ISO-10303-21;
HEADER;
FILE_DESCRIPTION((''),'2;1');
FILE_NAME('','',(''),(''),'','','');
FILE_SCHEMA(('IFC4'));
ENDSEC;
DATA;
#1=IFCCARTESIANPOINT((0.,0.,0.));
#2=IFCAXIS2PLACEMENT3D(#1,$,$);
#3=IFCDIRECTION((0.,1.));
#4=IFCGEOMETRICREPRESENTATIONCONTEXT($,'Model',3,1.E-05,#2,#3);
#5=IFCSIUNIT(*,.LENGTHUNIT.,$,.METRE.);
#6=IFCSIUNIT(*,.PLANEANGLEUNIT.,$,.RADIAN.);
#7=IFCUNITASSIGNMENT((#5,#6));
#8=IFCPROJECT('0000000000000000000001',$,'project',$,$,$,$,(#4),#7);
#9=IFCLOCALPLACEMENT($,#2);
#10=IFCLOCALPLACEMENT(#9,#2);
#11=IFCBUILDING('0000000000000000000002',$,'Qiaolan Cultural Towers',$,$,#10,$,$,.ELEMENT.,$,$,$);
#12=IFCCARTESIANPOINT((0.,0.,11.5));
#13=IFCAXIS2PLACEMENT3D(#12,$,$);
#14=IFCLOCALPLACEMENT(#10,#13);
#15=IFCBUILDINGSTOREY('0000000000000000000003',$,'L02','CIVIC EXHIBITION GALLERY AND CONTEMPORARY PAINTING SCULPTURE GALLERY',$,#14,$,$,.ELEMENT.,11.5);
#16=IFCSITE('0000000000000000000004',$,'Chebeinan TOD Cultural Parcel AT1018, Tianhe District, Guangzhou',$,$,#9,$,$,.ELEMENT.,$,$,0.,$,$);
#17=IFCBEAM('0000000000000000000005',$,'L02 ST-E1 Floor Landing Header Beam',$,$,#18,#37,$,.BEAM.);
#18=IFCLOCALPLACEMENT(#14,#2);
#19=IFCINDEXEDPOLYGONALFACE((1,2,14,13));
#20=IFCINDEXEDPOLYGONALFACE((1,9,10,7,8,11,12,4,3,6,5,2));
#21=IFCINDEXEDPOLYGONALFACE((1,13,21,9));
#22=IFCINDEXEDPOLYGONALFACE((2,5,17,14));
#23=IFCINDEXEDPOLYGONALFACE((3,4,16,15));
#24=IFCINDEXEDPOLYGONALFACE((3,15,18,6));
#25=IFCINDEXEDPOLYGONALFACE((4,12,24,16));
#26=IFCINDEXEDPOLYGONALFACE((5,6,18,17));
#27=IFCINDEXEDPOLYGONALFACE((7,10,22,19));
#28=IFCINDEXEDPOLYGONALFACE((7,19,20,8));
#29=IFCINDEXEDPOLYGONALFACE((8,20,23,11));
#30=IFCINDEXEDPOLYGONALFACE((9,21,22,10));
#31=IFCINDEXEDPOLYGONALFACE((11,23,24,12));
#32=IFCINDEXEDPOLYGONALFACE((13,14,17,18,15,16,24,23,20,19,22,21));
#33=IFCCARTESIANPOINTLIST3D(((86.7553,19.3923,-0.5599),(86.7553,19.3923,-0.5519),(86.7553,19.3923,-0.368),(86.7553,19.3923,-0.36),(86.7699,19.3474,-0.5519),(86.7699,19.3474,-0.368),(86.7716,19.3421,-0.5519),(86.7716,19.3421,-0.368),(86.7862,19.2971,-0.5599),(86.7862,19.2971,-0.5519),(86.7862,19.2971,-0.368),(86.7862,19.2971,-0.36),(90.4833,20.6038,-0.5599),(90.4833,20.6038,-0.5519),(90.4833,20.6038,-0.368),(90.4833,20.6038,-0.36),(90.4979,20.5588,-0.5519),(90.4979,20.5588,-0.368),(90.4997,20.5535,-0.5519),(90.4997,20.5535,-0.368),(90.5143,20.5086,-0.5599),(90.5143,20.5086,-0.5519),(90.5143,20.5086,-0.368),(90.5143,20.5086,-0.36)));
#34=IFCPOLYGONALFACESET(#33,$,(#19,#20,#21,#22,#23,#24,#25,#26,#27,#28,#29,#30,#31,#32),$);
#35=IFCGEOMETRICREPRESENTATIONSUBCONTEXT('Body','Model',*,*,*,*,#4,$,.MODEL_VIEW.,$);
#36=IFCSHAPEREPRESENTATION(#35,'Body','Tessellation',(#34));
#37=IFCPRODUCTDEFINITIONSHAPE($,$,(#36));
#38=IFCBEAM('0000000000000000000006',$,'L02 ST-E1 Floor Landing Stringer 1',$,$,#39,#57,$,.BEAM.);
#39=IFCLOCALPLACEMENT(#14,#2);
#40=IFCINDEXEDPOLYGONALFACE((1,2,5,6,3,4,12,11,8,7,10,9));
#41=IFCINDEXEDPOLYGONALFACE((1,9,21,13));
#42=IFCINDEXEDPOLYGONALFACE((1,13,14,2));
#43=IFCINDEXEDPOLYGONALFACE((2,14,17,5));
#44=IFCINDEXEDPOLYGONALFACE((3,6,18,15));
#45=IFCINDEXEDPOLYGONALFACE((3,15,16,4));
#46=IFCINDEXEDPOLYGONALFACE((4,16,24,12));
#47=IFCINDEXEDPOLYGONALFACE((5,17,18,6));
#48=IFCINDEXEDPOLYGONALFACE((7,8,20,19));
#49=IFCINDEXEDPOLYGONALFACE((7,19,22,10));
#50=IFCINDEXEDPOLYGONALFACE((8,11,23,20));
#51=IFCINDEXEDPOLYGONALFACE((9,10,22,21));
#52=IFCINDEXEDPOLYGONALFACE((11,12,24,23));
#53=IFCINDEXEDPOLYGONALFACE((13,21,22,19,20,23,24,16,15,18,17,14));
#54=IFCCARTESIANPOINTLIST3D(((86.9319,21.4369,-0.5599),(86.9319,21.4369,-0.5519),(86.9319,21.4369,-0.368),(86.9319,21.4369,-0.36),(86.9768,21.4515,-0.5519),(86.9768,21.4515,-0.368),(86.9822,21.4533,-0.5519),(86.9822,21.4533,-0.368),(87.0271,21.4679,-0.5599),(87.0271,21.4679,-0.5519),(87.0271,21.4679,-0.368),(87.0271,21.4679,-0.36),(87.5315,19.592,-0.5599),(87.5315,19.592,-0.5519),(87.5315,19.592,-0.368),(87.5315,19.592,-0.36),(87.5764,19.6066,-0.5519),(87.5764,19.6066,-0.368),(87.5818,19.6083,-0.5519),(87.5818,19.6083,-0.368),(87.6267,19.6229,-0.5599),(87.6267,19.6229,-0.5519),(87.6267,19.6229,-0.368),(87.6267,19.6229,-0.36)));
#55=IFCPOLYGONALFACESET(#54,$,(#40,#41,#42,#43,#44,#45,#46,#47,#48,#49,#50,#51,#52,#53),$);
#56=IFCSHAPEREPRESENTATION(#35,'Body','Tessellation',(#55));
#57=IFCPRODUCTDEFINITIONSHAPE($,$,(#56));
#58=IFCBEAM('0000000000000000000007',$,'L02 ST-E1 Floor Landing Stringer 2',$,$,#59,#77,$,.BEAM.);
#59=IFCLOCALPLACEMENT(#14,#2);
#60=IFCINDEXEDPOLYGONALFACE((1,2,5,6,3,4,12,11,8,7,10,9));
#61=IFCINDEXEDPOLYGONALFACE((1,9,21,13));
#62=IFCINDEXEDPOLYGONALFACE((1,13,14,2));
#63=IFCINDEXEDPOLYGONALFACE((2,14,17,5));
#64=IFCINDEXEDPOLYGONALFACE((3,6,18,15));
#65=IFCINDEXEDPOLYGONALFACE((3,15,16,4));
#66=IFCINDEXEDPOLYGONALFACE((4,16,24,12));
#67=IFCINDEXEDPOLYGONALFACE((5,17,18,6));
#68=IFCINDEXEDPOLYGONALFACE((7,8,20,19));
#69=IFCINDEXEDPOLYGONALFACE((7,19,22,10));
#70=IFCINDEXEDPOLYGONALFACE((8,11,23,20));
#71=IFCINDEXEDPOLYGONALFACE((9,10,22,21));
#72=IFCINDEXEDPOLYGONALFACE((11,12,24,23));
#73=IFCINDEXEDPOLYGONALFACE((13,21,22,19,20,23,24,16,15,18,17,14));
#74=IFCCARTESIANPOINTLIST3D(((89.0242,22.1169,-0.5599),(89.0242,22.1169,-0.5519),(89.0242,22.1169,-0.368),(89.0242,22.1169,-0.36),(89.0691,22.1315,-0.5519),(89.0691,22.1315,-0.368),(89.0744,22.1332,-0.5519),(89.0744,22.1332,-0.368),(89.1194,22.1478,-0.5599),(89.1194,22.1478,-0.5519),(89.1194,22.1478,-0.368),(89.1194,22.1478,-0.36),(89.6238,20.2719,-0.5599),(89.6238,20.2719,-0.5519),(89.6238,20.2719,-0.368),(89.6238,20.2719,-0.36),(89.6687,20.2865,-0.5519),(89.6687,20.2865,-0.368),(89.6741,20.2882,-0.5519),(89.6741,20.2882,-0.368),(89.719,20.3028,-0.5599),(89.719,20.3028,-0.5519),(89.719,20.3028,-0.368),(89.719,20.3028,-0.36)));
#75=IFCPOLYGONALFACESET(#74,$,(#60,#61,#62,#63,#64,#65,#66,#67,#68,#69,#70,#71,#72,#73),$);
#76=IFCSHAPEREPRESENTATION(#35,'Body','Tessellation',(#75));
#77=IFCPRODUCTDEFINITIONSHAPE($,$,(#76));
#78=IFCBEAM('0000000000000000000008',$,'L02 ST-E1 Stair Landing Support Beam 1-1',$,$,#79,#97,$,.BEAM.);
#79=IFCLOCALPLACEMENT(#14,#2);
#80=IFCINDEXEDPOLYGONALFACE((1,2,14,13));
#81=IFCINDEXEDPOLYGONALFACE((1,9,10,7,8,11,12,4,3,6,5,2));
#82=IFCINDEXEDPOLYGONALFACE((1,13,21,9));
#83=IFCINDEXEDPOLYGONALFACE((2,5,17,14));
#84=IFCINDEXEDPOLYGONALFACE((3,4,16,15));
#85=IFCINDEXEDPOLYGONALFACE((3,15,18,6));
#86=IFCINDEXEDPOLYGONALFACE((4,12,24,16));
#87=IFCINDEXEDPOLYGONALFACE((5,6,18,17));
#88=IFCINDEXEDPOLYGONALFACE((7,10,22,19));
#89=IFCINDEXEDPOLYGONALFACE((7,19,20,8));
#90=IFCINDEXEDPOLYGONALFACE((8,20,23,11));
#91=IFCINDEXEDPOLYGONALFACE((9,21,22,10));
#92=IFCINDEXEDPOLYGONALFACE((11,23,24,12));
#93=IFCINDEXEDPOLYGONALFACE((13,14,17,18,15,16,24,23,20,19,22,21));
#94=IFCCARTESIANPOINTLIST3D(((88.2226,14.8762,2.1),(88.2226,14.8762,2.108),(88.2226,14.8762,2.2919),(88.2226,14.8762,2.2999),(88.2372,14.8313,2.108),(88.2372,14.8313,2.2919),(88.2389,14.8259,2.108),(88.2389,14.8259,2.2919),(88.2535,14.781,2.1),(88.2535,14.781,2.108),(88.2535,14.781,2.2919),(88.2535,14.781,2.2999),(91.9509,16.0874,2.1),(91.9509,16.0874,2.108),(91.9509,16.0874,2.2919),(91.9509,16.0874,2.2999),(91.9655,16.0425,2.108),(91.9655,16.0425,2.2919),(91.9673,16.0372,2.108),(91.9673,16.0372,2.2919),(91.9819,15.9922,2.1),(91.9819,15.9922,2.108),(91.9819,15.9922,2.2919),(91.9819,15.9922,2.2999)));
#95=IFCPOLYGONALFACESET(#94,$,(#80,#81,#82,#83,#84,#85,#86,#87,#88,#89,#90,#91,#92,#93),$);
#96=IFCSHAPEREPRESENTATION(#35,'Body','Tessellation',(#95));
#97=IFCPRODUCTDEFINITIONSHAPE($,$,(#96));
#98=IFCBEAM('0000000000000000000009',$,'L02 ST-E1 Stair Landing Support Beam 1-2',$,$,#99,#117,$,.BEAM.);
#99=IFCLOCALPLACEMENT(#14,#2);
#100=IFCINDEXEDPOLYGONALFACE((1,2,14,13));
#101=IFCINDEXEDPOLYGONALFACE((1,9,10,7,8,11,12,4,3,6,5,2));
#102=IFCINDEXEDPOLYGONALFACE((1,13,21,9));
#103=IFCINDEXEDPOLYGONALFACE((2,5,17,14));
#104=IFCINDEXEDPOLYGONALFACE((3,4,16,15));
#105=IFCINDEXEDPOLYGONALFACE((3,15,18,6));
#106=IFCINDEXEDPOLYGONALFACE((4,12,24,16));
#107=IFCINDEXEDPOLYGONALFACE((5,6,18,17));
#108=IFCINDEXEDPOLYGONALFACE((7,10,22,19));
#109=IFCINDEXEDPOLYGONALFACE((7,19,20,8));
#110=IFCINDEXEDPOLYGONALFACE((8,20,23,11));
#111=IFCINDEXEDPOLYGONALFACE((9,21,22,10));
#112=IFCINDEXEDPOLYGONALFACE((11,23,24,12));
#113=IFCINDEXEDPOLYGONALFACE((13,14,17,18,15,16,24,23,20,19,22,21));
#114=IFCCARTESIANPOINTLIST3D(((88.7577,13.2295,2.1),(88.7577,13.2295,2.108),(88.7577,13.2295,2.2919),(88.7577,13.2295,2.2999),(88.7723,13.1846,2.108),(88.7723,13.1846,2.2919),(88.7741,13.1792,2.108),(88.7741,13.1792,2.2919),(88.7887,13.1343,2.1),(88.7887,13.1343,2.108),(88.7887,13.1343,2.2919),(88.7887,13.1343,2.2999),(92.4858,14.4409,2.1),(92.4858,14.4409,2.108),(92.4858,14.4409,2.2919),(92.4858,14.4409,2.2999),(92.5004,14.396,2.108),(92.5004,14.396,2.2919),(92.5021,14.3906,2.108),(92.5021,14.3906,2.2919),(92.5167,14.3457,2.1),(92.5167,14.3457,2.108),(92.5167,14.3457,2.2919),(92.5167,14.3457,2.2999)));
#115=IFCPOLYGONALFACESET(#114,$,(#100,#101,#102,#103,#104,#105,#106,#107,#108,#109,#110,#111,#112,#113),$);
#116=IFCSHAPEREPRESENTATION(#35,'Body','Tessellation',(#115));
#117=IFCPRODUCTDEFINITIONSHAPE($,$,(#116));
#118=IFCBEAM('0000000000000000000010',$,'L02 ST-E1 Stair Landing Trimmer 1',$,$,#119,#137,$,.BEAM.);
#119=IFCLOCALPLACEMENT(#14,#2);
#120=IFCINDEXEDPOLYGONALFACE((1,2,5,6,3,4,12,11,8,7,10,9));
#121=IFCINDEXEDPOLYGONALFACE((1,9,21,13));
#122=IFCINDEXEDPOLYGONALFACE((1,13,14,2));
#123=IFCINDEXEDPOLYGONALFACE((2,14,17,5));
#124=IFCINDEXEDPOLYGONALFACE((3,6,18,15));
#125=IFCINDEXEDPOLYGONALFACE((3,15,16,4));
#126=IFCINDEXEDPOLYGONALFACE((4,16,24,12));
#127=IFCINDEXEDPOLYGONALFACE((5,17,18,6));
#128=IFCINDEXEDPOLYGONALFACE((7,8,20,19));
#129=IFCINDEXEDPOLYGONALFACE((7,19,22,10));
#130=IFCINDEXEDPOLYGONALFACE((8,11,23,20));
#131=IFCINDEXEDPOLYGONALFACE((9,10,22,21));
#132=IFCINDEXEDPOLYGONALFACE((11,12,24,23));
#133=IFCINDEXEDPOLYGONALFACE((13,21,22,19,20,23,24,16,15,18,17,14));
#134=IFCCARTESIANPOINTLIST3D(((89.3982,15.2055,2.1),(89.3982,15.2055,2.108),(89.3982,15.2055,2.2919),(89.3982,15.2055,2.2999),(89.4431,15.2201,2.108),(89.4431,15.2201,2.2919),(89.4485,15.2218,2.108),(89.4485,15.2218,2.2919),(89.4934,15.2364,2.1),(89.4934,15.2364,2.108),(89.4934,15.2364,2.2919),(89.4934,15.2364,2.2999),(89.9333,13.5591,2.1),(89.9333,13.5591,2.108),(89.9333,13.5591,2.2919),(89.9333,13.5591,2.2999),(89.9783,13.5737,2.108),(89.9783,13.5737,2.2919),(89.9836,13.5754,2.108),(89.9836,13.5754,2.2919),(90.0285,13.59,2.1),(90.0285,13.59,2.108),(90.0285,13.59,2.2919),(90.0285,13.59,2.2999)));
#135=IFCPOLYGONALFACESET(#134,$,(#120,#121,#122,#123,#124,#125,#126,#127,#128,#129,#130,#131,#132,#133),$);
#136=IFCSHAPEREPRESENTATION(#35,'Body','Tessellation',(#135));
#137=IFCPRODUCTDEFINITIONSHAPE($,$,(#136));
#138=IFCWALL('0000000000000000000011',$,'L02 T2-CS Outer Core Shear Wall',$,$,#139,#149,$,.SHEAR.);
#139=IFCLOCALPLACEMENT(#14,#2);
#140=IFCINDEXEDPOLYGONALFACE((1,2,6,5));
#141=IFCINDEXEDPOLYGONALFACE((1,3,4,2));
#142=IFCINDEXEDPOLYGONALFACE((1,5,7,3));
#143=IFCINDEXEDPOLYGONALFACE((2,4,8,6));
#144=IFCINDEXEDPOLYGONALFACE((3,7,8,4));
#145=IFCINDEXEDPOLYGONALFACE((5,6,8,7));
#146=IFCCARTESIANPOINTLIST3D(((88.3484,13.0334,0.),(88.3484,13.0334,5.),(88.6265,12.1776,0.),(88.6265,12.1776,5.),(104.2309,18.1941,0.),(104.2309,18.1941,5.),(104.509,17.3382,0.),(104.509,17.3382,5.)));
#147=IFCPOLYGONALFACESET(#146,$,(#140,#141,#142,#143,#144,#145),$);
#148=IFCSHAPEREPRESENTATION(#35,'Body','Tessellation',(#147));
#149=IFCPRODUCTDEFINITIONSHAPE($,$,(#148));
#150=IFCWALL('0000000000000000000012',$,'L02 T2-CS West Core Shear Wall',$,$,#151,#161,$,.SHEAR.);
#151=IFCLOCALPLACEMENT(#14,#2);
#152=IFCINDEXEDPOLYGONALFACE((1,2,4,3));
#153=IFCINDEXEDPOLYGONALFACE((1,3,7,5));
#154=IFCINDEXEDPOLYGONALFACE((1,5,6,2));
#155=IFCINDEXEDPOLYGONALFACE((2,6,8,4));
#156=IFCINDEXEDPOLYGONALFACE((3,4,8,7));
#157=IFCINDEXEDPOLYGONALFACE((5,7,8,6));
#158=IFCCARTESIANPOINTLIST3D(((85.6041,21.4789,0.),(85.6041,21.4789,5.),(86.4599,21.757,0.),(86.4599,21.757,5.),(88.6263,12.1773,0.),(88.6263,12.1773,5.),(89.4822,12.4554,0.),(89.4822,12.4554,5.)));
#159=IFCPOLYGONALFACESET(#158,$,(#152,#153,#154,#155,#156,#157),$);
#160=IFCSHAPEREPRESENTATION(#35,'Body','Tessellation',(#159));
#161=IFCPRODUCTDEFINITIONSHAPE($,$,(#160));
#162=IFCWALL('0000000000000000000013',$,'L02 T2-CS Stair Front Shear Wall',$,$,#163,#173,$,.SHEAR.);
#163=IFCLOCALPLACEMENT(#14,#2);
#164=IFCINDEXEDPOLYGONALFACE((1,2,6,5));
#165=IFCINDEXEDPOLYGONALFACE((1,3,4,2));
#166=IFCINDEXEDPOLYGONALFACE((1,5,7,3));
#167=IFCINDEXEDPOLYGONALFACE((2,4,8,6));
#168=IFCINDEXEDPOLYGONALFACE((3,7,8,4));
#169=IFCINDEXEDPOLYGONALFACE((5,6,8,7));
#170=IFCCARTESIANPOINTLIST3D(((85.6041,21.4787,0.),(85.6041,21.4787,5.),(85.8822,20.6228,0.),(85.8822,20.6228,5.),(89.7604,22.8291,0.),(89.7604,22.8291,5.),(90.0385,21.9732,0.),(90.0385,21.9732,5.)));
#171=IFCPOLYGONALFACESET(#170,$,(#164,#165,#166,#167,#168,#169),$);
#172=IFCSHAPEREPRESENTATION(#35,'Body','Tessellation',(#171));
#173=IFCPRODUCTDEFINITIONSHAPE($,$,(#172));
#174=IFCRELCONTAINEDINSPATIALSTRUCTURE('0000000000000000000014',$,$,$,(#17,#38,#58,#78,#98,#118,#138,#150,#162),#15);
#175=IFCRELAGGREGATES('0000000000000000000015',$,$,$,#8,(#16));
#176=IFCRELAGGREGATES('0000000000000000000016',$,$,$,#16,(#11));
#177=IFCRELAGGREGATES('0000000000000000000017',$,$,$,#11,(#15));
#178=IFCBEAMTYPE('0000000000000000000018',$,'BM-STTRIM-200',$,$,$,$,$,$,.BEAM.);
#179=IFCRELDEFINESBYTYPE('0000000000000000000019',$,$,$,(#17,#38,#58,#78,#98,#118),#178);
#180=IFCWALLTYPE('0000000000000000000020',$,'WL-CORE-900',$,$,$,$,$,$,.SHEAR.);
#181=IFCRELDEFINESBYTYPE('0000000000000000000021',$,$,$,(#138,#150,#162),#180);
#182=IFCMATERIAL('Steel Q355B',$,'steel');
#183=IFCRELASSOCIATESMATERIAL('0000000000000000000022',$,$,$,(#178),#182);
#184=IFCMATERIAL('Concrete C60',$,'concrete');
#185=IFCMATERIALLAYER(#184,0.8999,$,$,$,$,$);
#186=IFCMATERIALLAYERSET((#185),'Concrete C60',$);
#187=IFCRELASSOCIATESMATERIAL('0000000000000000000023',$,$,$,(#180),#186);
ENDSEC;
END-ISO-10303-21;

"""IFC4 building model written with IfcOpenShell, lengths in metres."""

from ifc_helpers import new_model, si_unit, direction, frame, frame_2d, origin, origin_2d, place, context, subcontext, project, spatial, rectangle, i_section, extrude, material, layer, layer_set, material_profile, profile_set, type_object, element, save


model = new_model("IFC4")

# Units and contexts
model_context = context("Model", 3, precision=1e-05, world=origin(), true_north=direction((0.0, 1.0)))
body_context = subcontext(model_context, "Body", "Model", "MODEL_VIEW")
ifc_project = project(units=[si_unit("LENGTHUNIT", "METRE"), si_unit("PLANEANGLEUNIT", "RADIAN")], contexts=[model_context])

# Site, building, storey
site_placement = place(None, origin())
site = spatial("IfcSite", under=ifc_project, at=site_placement, Name="Chebeinan TOD Cultural Parcel AT1018, Tianhe District, Guangzhou", CompositionType="ELEMENT", RefElevation=0.0)
building_placement = place(site_placement, origin())
building = spatial("IfcBuilding", under=site, at=building_placement, Name="Qiaolan Cultural Towers", CompositionType="ELEMENT")
storey_placement = place(building_placement, frame((0.0, 0.0, 11.5)))
storey = spatial("IfcBuildingStorey", under=building, at=storey_placement, Name="L02", Description="CIVIC EXHIBITION GALLERY AND CONTEMPORARY PAINTING SCULPTURE GALLERY", CompositionType="ELEMENT", Elevation=11.5)

# Beams
ifc_material_1 = material(Name="Steel Q355B", Category="steel")
ifc_material_profile_1 = material_profile(ifc_material_1, i_section(OverallWidth=0.1001, OverallDepth=0.2, WebThickness=0.0056, FlangeThickness=0.0081, at=origin_2d()), Name="HN200x100x5.5x8")
ifc_profile_set_1 = profile_set([ifc_material_profile_1], Name="Steel Q355B")
beam_type_1 = type_object("IfcBeamType", Name="BM-STTRIM-200", PredefinedType="BEAM", material=ifc_profile_set_1)
beam_1_placement = place(storey_placement, frame((86.7708, 19.3447, -0.46), z_axis=(0.951048, 0.309044, 0.0), x_axis=(-0.309044, 0.951048, 0.0)))
element("IfcBeam", 1, at=beam_1_placement, inside=storey, type_object=beam_type_1, Name="L02 ST-E1 Floor Landing Header Beam", PredefinedType="BEAM", context=body_context, shape_type="SweptSolid", body=[
    extrude(i_section(OverallWidth=0.1001, OverallDepth=0.2, WebThickness=0.0056, FlangeThickness=0.0081, at=origin_2d()), origin(), (0.0, 0.0, 1.0), 3.9199),
])
for number, where, z_axis, x_axis, name in (
    (2, (86.9795, 21.4524, -0.46), (0.309083, -0.951035, 0.0), (0.951035, 0.309083, 0.0), "L02 ST-E1 Floor Landing Stringer 1"),
    (3, (89.0718, 22.1323, -0.46), (0.309083, -0.951035, 0.0), (0.951035, 0.309083, 0.0), "L02 ST-E1 Floor Landing Stringer 2"),
):
    element("IfcBeam", number, at=place(storey_placement, frame(where, z_axis=z_axis, x_axis=x_axis)), inside=storey, type_object=beam_type_1, Name=name, PredefinedType="BEAM", context=body_context, shape_type="SweptSolid", body=[
        extrude(i_section(OverallWidth=0.1001, OverallDepth=0.2, WebThickness=0.0056, FlangeThickness=0.0081, at=origin_2d()), origin(), (0.0, 0.0, 1.0), 1.9399),
    ])
beam_2_placement = place(storey_placement, frame((88.238, 14.8286, 2.2), z_axis=(0.951072, 0.308969, 0.0), x_axis=(-0.308969, 0.951072, 0.0)))
element("IfcBeam", 4, at=beam_2_placement, inside=storey, type_object=beam_type_1, Name="L02 ST-E1 Stair Landing Support Beam 1-1", PredefinedType="BEAM", context=body_context, shape_type="SweptSolid", body=[
    extrude(i_section(OverallWidth=0.1001, OverallDepth=0.2, WebThickness=0.0056, FlangeThickness=0.0081, at=origin_2d()), origin(), (0.0, 0.0, 1.0), 3.9202),
])
beam_3_placement = place(storey_placement, frame((88.7732, 13.1819, 2.2), z_axis=(0.951048, 0.309044, 0.0), x_axis=(-0.309044, 0.951048, 0.0)))
element("IfcBeam", 5, at=beam_3_placement, inside=storey, type_object=beam_type_1, Name="L02 ST-E1 Stair Landing Support Beam 1-2", PredefinedType="BEAM", context=body_context, shape_type="SweptSolid", body=[
    extrude(i_section(OverallWidth=0.1001, OverallDepth=0.2, WebThickness=0.0056, FlangeThickness=0.0081, at=origin_2d()), origin(), (0.0, 0.0, 1.0), 3.9199),
])
beam_4_placement = place(storey_placement, frame((89.4458, 15.2209, 2.2), z_axis=(0.309112, -0.951026, 0.0), x_axis=(0.951026, 0.309112, 0.0)))
element("IfcBeam", 6, at=beam_4_placement, inside=storey, type_object=beam_type_1, Name="L02 ST-E1 Stair Landing Trimmer 1", PredefinedType="BEAM", context=body_context, shape_type="SweptSolid", body=[
    extrude(i_section(OverallWidth=0.1001, OverallDepth=0.2, WebThickness=0.0056, FlangeThickness=0.0081, at=origin_2d()), origin(), (0.0, 0.0, 1.0), 1.7312),
])

# Walls
ifc_material_2 = material(Name="Concrete C60", Category="concrete")
ifc_layer_1 = layer(ifc_material_2, 0.8999)
ifc_layer_set_1 = layer_set([ifc_layer_1], Name="Concrete C60")
wall_type_1 = type_object("IfcWallType", Name="WL-CORE-900", PredefinedType="SHEAR", material=ifc_layer_set_1)
wall_1_placement = place(storey_placement, frame((88.4873, 12.6055, 0.0), z_axis=(0.0, 0.0, 1.0), x_axis=(0.951055, 0.309022, 0.0)))
element("IfcWall", 7, at=wall_1_placement, inside=storey, type_object=wall_type_1, Name="L02 T2-CS Outer Core Shear Wall", PredefinedType="SHEAR", context=body_context, shape_type="SweptSolid", body=[
    extrude(rectangle(XDim=16.7, YDim=0.8999, at=frame_2d((8.3501, 0.0))), origin(), (0.0, 0.0, 1.0), 5.0),
])
wall_2_placement = place(storey_placement, frame((86.032, 21.6179, 0.0), z_axis=(0.0, 0.0, 1.0), x_axis=(0.309014, -0.951057, 0.0)))
element("IfcWall", 8, at=wall_2_placement, inside=storey, type_object=wall_type_1, Name="L02 T2-CS West Core Shear Wall", PredefinedType="SHEAR", context=body_context, shape_type="SweptSolid", body=[
    extrude(rectangle(XDim=9.7803, YDim=0.8999, at=frame_2d((4.8901, 0.0))), origin(), (0.0, 0.0, 1.0), 5.0),
])
wall_3_placement = place(storey_placement, frame((85.7432, 21.0508, 0.0), z_axis=(0.0, 0.0, 1.0), x_axis=(0.951064, 0.308995, 0.0)))
element("IfcWall", 9, at=wall_3_placement, inside=storey, type_object=wall_type_1, Name="L02 T2-CS Stair Front Shear Wall", PredefinedType="SHEAR", context=body_context, shape_type="SweptSolid", body=[
    extrude(rectangle(XDim=4.3701, YDim=0.8999, at=frame_2d((2.1851, 0.0))), origin(), (0.0, 0.0, 1.0), 5.0),
])

save(model, "model.ifc")
